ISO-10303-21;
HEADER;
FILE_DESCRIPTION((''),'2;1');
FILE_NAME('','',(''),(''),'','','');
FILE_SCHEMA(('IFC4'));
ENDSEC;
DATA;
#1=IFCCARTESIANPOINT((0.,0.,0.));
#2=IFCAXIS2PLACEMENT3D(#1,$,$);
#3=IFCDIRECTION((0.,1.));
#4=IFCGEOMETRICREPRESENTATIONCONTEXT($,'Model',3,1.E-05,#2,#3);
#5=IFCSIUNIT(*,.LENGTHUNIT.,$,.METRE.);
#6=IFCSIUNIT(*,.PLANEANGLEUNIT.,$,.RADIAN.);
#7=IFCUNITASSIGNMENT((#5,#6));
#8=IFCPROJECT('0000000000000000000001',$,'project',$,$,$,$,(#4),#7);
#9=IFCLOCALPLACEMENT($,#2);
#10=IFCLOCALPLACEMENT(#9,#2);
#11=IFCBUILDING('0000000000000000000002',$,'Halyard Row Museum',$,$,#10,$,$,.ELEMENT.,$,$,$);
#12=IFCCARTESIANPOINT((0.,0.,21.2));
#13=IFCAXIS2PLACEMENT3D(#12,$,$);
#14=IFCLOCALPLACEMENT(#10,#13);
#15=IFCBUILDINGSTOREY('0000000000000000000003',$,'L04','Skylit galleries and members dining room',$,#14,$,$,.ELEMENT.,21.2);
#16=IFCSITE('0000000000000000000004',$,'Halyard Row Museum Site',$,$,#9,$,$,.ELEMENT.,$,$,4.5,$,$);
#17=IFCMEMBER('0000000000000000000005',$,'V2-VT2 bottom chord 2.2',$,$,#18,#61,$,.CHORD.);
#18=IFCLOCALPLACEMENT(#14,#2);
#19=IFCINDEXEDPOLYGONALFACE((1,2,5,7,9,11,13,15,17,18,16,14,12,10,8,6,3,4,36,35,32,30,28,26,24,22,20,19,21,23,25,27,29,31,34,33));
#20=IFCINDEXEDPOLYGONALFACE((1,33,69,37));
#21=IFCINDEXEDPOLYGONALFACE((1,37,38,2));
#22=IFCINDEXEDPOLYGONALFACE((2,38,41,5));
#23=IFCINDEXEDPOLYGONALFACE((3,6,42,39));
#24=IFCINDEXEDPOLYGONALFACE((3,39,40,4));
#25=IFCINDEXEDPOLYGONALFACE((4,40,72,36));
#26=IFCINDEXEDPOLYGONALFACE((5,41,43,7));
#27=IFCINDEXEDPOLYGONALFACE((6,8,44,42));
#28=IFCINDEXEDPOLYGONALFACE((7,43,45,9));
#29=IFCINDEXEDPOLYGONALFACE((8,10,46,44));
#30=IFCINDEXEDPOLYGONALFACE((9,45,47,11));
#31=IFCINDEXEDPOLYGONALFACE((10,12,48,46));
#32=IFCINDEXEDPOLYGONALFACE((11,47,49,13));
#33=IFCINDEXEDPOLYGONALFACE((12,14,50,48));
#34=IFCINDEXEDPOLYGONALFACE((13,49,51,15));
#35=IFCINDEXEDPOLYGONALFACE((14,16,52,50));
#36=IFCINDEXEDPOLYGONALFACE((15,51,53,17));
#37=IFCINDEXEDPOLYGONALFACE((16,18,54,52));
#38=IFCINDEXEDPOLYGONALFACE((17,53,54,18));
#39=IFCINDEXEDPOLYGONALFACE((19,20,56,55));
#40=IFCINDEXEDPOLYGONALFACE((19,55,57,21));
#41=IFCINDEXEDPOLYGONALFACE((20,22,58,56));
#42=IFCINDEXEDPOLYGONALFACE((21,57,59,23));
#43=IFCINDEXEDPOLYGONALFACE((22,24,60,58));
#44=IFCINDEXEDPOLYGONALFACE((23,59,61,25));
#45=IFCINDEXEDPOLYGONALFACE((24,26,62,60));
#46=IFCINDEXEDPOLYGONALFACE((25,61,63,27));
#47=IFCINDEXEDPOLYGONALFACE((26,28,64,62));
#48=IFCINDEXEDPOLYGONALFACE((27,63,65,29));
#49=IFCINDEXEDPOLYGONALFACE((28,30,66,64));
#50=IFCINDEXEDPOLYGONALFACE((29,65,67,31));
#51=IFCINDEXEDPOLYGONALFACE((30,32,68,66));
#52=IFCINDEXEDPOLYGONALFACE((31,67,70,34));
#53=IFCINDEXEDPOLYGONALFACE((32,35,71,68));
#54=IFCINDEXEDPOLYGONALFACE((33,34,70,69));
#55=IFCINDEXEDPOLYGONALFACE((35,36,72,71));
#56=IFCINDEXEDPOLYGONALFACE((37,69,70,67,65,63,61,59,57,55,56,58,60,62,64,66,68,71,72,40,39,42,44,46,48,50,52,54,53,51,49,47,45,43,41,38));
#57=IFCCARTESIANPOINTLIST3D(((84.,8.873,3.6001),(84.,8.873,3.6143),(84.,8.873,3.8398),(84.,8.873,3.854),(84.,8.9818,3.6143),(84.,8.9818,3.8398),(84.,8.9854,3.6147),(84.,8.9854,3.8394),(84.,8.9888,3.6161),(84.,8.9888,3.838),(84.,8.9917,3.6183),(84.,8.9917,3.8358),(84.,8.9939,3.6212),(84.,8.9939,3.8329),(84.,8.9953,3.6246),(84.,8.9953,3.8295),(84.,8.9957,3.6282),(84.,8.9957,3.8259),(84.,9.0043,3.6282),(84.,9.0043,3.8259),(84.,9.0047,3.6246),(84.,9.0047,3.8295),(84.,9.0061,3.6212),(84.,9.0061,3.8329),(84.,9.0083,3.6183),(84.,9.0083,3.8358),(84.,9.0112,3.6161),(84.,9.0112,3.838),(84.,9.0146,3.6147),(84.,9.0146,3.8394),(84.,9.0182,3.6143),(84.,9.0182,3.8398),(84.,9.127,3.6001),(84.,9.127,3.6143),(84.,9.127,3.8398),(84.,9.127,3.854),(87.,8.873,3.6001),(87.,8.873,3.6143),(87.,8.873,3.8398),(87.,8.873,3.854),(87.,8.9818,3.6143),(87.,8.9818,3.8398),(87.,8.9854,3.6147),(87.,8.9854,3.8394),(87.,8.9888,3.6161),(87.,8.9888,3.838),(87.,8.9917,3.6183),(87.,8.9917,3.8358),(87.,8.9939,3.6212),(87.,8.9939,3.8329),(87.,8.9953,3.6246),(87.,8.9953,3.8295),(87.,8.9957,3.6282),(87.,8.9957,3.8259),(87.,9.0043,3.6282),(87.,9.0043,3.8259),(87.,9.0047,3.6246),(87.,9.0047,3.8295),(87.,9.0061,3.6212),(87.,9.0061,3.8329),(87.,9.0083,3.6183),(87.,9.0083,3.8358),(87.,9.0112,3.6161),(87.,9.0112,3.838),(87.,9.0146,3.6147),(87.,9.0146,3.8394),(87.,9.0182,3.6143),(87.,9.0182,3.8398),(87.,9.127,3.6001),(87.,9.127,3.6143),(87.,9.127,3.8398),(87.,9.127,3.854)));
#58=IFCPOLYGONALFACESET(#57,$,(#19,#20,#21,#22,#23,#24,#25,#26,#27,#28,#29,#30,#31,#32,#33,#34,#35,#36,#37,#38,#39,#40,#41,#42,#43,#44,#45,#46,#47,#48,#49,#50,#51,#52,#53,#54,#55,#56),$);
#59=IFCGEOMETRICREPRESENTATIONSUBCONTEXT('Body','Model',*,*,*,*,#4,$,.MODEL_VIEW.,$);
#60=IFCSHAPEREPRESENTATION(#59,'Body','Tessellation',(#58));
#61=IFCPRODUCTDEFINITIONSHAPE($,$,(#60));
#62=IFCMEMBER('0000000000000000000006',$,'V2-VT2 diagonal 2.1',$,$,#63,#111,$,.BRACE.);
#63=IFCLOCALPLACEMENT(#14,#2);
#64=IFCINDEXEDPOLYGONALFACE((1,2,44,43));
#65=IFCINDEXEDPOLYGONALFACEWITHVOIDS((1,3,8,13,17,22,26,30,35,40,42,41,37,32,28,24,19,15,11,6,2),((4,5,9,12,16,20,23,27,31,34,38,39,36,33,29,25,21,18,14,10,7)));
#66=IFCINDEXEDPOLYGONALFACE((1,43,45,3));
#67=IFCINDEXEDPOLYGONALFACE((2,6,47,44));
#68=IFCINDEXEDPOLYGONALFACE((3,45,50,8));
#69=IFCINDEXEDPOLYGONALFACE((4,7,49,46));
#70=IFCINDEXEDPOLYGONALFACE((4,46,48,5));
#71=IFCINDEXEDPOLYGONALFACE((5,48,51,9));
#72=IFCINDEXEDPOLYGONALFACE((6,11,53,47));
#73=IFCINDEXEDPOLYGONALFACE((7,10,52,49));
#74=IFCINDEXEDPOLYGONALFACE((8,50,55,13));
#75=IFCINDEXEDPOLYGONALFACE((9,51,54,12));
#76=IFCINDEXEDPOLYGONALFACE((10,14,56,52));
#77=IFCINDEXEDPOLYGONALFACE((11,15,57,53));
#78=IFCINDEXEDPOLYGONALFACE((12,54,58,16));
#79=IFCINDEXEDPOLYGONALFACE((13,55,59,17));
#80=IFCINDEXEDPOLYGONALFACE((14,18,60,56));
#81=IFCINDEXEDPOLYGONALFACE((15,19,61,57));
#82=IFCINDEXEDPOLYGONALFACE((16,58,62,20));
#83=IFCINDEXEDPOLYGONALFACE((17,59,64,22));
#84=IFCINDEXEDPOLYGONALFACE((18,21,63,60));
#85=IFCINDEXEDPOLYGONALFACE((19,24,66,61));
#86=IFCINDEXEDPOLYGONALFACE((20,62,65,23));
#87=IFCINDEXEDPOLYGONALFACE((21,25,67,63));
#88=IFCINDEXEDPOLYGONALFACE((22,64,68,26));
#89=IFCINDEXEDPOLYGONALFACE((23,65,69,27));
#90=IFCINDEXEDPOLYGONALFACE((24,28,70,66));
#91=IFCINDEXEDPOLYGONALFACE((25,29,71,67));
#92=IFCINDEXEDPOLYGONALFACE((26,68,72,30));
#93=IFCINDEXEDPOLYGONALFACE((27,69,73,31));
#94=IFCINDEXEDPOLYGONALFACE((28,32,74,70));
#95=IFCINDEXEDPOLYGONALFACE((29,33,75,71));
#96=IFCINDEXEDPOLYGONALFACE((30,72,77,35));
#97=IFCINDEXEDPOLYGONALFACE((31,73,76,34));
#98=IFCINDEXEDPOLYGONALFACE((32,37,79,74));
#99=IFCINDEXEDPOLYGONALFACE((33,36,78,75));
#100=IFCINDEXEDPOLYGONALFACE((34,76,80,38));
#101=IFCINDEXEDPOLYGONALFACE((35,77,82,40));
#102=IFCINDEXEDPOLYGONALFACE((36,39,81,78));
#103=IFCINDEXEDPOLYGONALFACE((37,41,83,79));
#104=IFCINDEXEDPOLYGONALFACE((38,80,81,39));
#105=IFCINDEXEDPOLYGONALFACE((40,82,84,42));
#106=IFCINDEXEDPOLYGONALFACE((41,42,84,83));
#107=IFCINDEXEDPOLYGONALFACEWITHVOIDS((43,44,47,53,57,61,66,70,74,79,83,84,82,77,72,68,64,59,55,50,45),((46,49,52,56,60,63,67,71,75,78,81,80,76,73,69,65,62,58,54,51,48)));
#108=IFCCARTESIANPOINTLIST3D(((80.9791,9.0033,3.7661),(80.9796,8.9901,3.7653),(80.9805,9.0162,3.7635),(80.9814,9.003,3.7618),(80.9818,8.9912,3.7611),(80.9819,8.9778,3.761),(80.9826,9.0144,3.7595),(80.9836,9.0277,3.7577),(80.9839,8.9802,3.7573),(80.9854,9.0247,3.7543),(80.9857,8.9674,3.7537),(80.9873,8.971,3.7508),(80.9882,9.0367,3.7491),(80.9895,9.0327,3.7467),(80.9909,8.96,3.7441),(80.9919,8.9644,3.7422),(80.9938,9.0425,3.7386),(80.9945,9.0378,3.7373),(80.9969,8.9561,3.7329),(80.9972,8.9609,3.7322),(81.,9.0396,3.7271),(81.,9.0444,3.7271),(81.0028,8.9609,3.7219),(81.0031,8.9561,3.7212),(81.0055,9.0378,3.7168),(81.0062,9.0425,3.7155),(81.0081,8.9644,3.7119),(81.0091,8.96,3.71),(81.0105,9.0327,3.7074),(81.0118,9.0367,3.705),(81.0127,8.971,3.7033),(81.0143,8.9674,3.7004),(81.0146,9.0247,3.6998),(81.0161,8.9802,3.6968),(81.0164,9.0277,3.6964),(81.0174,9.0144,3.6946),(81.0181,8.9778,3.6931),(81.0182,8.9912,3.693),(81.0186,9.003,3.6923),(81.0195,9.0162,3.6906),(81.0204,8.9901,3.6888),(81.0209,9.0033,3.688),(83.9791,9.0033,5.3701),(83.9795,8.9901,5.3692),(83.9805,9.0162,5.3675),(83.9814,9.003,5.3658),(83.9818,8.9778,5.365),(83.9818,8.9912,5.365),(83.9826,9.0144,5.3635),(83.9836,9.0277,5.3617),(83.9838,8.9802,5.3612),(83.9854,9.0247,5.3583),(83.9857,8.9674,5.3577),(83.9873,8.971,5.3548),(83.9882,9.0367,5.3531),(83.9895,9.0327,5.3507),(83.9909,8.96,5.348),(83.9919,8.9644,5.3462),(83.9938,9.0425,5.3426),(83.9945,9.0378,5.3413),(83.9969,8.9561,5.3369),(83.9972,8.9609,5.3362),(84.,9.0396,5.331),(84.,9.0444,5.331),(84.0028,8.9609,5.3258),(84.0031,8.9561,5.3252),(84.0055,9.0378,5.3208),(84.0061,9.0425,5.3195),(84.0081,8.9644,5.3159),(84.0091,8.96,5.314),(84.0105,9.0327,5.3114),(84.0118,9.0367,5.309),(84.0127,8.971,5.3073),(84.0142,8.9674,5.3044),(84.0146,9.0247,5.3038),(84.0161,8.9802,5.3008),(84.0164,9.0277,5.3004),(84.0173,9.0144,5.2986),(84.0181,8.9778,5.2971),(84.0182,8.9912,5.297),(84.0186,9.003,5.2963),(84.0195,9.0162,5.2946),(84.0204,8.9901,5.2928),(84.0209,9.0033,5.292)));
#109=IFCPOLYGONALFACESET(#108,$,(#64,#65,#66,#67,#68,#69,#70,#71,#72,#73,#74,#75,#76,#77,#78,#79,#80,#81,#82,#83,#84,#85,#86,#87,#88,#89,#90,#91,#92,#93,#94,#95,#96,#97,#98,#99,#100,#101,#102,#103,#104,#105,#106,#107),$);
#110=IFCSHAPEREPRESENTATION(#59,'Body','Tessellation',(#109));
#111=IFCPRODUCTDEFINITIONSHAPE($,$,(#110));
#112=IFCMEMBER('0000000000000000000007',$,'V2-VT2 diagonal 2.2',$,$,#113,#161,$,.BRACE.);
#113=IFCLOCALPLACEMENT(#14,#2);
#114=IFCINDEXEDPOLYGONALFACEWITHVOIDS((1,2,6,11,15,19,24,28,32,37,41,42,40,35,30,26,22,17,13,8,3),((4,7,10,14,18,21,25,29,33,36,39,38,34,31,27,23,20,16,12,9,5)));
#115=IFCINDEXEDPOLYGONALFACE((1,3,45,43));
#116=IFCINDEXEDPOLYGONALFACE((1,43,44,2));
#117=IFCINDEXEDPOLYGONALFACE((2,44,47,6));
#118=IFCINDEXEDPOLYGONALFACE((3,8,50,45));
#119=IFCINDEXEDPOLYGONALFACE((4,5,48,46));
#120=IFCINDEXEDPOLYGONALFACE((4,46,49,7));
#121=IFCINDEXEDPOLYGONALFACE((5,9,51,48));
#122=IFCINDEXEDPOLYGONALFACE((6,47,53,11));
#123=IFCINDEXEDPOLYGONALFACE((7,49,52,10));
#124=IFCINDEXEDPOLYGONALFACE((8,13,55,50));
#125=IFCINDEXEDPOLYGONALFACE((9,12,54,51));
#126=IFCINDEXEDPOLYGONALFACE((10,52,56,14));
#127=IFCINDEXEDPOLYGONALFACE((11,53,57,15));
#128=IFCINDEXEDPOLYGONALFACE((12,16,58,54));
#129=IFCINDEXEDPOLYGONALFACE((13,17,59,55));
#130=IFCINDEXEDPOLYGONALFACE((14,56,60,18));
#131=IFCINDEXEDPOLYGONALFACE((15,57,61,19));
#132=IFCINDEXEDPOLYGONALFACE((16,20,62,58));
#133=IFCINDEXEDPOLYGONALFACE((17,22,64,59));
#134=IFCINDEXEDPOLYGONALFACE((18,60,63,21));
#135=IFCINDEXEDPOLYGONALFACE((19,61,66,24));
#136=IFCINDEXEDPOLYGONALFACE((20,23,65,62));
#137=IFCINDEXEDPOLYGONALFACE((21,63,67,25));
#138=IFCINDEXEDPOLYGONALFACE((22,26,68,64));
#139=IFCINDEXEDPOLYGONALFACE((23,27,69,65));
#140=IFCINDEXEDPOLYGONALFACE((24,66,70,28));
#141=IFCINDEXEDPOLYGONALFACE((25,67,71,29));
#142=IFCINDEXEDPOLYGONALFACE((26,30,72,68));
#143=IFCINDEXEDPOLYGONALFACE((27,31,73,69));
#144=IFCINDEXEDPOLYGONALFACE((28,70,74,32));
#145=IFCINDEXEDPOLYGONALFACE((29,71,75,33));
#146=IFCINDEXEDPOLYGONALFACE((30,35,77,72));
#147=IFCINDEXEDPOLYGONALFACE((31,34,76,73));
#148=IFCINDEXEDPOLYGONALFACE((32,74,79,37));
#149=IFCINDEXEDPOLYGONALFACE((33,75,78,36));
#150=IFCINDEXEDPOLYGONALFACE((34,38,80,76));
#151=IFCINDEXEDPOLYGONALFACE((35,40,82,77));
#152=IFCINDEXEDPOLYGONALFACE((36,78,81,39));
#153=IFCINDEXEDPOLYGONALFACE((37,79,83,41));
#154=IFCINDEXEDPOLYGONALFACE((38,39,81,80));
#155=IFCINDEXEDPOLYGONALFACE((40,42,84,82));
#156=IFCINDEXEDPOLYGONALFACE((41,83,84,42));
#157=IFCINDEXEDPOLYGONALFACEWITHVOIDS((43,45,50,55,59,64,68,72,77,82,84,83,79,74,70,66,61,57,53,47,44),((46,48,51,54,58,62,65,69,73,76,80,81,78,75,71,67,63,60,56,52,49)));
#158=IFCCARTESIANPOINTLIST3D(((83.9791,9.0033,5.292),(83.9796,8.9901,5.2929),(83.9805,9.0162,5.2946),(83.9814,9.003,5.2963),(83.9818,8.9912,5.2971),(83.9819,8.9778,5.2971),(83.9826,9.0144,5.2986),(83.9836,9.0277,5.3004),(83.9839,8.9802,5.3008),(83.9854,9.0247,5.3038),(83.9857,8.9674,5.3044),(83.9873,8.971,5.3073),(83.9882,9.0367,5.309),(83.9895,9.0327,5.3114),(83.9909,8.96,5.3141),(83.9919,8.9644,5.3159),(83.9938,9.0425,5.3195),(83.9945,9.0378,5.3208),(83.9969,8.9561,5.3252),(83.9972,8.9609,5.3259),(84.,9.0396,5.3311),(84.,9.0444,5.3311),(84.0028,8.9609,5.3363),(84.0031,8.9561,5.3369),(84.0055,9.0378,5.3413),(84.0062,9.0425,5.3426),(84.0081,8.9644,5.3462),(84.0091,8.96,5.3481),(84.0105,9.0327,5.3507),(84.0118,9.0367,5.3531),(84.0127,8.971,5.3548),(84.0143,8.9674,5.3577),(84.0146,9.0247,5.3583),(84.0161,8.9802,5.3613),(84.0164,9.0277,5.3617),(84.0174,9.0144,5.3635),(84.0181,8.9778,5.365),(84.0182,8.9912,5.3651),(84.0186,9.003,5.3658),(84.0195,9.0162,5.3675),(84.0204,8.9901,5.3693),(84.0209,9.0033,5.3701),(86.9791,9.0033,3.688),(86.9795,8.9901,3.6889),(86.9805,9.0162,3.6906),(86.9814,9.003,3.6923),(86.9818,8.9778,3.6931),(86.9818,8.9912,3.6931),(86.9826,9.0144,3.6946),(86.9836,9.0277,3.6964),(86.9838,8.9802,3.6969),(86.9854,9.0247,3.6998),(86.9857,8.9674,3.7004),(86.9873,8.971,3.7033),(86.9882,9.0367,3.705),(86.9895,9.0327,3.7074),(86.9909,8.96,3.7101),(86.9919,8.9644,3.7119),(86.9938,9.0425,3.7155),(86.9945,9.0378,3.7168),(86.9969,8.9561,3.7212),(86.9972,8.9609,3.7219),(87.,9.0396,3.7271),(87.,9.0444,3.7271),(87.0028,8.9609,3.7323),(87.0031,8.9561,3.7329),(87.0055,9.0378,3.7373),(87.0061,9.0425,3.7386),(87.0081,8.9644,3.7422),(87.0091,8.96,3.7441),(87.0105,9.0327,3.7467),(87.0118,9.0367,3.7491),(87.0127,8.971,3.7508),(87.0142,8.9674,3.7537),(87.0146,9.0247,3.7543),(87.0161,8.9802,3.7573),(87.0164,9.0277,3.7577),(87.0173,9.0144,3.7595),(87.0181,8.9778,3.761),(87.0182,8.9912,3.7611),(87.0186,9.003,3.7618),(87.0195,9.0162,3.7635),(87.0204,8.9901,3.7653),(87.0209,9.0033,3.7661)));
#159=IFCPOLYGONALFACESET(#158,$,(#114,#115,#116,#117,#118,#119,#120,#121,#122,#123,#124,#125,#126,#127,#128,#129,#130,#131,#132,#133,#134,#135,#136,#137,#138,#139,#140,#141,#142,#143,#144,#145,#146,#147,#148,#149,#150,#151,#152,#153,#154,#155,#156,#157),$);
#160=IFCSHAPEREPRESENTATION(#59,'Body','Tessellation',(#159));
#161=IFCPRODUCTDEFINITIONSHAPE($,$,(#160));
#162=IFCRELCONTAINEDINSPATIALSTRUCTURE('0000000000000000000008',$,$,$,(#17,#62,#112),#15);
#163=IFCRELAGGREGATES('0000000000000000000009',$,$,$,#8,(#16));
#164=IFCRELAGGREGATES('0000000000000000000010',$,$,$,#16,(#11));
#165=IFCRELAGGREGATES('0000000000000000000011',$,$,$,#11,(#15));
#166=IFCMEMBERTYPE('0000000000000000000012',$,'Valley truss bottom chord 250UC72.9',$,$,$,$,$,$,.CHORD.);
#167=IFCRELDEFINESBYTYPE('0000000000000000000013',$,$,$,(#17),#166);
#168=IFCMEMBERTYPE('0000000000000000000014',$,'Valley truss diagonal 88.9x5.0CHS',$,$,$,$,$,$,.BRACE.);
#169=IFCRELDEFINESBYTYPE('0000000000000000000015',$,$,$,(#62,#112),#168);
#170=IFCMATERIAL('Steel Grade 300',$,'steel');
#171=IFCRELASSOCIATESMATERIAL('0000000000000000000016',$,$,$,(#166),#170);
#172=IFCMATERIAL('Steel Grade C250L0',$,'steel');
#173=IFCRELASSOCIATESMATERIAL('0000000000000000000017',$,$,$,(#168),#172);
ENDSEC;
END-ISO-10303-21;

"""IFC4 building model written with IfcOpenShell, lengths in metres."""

from ifc_helpers import new_model, si_unit, direction, frame, origin, origin_2d, place, context, subcontext, project, spatial, hollow_circle, i_section, extrude, material, material_profile, profile_set, type_object, element, save


model = new_model("IFC4")

# Units and contexts
model_context = context("Model", 3, precision=1e-05, world=origin(), true_north=direction((0.0, 1.0)))
body_context = subcontext(model_context, "Body", "Model", "MODEL_VIEW")
ifc_project = project(units=[si_unit("LENGTHUNIT", "METRE"), si_unit("PLANEANGLEUNIT", "RADIAN")], contexts=[model_context])

# Site, building, storey
site_placement = place(None, origin())
site = spatial("IfcSite", under=ifc_project, at=site_placement, Name="Halyard Row Museum Site", CompositionType="ELEMENT", RefElevation=4.5)
building_placement = place(site_placement, origin())
building = spatial("IfcBuilding", under=site, at=building_placement, Name="Halyard Row Museum", CompositionType="ELEMENT")
storey_placement = place(building_placement, frame((0.0, 0.0, 21.2)))
storey = spatial("IfcBuildingStorey", under=building, at=storey_placement, Name="L04", Description="Skylit galleries and members dining room", CompositionType="ELEMENT", Elevation=21.2)

# Members
ifc_material_1 = material(Name="Steel Grade 300", Category="steel")
ifc_material_profile_1 = material_profile(ifc_material_1, i_section(OverallWidth=0.2539, OverallDepth=0.2539, WebThickness=0.0085, FlangeThickness=0.0142, FilletRadius=0.0139, at=origin_2d()), Name="250UC72.9")
ifc_profile_set_1 = profile_set([ifc_material_profile_1], Name="Steel Grade 300")
member_type_1 = type_object("IfcMemberType", Name="Valley truss bottom chord 250UC72.9", PredefinedType="CHORD", material=ifc_profile_set_1)
for number, where, z_axis, x_axis, name in (
    (1, (84.0, 9.0, 3.7271), (1.0, 0.0, 0.0), (0.0, 1.0, 0.0), "V2-VT2 bottom chord 2.2"),
):
    element("IfcMember", number, at=place(storey_placement, frame(where, z_axis=z_axis, x_axis=x_axis)), inside=storey, type_object=member_type_1, Name=name, PredefinedType="CHORD", context=body_context, shape_type="SweptSolid", body=[
        extrude(i_section(OverallWidth=0.2539, OverallDepth=0.2539, WebThickness=0.0085, FlangeThickness=0.0142, FilletRadius=0.0139, at=origin_2d()), origin(), (0.0, 0.0, 1.0), 3.0),
    ])
ifc_material_2 = material(Name="Steel Grade C250L0", Category="steel")
ifc_material_profile_2 = material_profile(ifc_material_2, hollow_circle(Radius=0.0444, WallThickness=0.0049, at=origin_2d()), Name="88.9x5.0CHS")
ifc_profile_set_2 = profile_set([ifc_material_profile_2], Name="Steel Grade C250L0")
member_type_2 = type_object("IfcMemberType", Name="Valley truss diagonal 88.9x5.0CHS", PredefinedType="BRACE", material=ifc_profile_set_2)
for number, where, z_axis, x_axis, name in (
    (2, (81.0, 9.0, 3.7271), (0.881864, 0.0, 0.471504), (0.0, 1.0, 0.0), "V2-VT2 diagonal 2.1"),
    (3, (84.0, 9.0, 5.3311), (0.881864, 0.0, -0.471504), (0.0, 1.0, 0.0), "V2-VT2 diagonal 2.2"),
):
    element("IfcMember", number, at=place(storey_placement, frame(where, z_axis=z_axis, x_axis=x_axis)), inside=storey, type_object=member_type_2, Name=name, PredefinedType="BRACE", context=body_context, shape_type="SweptSolid", body=[
        extrude(hollow_circle(Radius=0.0444, WallThickness=0.0049, at=origin_2d()), origin(), (0.0, 0.0, 1.0), 3.4019),
    ])

save(model, "model.ifc")
